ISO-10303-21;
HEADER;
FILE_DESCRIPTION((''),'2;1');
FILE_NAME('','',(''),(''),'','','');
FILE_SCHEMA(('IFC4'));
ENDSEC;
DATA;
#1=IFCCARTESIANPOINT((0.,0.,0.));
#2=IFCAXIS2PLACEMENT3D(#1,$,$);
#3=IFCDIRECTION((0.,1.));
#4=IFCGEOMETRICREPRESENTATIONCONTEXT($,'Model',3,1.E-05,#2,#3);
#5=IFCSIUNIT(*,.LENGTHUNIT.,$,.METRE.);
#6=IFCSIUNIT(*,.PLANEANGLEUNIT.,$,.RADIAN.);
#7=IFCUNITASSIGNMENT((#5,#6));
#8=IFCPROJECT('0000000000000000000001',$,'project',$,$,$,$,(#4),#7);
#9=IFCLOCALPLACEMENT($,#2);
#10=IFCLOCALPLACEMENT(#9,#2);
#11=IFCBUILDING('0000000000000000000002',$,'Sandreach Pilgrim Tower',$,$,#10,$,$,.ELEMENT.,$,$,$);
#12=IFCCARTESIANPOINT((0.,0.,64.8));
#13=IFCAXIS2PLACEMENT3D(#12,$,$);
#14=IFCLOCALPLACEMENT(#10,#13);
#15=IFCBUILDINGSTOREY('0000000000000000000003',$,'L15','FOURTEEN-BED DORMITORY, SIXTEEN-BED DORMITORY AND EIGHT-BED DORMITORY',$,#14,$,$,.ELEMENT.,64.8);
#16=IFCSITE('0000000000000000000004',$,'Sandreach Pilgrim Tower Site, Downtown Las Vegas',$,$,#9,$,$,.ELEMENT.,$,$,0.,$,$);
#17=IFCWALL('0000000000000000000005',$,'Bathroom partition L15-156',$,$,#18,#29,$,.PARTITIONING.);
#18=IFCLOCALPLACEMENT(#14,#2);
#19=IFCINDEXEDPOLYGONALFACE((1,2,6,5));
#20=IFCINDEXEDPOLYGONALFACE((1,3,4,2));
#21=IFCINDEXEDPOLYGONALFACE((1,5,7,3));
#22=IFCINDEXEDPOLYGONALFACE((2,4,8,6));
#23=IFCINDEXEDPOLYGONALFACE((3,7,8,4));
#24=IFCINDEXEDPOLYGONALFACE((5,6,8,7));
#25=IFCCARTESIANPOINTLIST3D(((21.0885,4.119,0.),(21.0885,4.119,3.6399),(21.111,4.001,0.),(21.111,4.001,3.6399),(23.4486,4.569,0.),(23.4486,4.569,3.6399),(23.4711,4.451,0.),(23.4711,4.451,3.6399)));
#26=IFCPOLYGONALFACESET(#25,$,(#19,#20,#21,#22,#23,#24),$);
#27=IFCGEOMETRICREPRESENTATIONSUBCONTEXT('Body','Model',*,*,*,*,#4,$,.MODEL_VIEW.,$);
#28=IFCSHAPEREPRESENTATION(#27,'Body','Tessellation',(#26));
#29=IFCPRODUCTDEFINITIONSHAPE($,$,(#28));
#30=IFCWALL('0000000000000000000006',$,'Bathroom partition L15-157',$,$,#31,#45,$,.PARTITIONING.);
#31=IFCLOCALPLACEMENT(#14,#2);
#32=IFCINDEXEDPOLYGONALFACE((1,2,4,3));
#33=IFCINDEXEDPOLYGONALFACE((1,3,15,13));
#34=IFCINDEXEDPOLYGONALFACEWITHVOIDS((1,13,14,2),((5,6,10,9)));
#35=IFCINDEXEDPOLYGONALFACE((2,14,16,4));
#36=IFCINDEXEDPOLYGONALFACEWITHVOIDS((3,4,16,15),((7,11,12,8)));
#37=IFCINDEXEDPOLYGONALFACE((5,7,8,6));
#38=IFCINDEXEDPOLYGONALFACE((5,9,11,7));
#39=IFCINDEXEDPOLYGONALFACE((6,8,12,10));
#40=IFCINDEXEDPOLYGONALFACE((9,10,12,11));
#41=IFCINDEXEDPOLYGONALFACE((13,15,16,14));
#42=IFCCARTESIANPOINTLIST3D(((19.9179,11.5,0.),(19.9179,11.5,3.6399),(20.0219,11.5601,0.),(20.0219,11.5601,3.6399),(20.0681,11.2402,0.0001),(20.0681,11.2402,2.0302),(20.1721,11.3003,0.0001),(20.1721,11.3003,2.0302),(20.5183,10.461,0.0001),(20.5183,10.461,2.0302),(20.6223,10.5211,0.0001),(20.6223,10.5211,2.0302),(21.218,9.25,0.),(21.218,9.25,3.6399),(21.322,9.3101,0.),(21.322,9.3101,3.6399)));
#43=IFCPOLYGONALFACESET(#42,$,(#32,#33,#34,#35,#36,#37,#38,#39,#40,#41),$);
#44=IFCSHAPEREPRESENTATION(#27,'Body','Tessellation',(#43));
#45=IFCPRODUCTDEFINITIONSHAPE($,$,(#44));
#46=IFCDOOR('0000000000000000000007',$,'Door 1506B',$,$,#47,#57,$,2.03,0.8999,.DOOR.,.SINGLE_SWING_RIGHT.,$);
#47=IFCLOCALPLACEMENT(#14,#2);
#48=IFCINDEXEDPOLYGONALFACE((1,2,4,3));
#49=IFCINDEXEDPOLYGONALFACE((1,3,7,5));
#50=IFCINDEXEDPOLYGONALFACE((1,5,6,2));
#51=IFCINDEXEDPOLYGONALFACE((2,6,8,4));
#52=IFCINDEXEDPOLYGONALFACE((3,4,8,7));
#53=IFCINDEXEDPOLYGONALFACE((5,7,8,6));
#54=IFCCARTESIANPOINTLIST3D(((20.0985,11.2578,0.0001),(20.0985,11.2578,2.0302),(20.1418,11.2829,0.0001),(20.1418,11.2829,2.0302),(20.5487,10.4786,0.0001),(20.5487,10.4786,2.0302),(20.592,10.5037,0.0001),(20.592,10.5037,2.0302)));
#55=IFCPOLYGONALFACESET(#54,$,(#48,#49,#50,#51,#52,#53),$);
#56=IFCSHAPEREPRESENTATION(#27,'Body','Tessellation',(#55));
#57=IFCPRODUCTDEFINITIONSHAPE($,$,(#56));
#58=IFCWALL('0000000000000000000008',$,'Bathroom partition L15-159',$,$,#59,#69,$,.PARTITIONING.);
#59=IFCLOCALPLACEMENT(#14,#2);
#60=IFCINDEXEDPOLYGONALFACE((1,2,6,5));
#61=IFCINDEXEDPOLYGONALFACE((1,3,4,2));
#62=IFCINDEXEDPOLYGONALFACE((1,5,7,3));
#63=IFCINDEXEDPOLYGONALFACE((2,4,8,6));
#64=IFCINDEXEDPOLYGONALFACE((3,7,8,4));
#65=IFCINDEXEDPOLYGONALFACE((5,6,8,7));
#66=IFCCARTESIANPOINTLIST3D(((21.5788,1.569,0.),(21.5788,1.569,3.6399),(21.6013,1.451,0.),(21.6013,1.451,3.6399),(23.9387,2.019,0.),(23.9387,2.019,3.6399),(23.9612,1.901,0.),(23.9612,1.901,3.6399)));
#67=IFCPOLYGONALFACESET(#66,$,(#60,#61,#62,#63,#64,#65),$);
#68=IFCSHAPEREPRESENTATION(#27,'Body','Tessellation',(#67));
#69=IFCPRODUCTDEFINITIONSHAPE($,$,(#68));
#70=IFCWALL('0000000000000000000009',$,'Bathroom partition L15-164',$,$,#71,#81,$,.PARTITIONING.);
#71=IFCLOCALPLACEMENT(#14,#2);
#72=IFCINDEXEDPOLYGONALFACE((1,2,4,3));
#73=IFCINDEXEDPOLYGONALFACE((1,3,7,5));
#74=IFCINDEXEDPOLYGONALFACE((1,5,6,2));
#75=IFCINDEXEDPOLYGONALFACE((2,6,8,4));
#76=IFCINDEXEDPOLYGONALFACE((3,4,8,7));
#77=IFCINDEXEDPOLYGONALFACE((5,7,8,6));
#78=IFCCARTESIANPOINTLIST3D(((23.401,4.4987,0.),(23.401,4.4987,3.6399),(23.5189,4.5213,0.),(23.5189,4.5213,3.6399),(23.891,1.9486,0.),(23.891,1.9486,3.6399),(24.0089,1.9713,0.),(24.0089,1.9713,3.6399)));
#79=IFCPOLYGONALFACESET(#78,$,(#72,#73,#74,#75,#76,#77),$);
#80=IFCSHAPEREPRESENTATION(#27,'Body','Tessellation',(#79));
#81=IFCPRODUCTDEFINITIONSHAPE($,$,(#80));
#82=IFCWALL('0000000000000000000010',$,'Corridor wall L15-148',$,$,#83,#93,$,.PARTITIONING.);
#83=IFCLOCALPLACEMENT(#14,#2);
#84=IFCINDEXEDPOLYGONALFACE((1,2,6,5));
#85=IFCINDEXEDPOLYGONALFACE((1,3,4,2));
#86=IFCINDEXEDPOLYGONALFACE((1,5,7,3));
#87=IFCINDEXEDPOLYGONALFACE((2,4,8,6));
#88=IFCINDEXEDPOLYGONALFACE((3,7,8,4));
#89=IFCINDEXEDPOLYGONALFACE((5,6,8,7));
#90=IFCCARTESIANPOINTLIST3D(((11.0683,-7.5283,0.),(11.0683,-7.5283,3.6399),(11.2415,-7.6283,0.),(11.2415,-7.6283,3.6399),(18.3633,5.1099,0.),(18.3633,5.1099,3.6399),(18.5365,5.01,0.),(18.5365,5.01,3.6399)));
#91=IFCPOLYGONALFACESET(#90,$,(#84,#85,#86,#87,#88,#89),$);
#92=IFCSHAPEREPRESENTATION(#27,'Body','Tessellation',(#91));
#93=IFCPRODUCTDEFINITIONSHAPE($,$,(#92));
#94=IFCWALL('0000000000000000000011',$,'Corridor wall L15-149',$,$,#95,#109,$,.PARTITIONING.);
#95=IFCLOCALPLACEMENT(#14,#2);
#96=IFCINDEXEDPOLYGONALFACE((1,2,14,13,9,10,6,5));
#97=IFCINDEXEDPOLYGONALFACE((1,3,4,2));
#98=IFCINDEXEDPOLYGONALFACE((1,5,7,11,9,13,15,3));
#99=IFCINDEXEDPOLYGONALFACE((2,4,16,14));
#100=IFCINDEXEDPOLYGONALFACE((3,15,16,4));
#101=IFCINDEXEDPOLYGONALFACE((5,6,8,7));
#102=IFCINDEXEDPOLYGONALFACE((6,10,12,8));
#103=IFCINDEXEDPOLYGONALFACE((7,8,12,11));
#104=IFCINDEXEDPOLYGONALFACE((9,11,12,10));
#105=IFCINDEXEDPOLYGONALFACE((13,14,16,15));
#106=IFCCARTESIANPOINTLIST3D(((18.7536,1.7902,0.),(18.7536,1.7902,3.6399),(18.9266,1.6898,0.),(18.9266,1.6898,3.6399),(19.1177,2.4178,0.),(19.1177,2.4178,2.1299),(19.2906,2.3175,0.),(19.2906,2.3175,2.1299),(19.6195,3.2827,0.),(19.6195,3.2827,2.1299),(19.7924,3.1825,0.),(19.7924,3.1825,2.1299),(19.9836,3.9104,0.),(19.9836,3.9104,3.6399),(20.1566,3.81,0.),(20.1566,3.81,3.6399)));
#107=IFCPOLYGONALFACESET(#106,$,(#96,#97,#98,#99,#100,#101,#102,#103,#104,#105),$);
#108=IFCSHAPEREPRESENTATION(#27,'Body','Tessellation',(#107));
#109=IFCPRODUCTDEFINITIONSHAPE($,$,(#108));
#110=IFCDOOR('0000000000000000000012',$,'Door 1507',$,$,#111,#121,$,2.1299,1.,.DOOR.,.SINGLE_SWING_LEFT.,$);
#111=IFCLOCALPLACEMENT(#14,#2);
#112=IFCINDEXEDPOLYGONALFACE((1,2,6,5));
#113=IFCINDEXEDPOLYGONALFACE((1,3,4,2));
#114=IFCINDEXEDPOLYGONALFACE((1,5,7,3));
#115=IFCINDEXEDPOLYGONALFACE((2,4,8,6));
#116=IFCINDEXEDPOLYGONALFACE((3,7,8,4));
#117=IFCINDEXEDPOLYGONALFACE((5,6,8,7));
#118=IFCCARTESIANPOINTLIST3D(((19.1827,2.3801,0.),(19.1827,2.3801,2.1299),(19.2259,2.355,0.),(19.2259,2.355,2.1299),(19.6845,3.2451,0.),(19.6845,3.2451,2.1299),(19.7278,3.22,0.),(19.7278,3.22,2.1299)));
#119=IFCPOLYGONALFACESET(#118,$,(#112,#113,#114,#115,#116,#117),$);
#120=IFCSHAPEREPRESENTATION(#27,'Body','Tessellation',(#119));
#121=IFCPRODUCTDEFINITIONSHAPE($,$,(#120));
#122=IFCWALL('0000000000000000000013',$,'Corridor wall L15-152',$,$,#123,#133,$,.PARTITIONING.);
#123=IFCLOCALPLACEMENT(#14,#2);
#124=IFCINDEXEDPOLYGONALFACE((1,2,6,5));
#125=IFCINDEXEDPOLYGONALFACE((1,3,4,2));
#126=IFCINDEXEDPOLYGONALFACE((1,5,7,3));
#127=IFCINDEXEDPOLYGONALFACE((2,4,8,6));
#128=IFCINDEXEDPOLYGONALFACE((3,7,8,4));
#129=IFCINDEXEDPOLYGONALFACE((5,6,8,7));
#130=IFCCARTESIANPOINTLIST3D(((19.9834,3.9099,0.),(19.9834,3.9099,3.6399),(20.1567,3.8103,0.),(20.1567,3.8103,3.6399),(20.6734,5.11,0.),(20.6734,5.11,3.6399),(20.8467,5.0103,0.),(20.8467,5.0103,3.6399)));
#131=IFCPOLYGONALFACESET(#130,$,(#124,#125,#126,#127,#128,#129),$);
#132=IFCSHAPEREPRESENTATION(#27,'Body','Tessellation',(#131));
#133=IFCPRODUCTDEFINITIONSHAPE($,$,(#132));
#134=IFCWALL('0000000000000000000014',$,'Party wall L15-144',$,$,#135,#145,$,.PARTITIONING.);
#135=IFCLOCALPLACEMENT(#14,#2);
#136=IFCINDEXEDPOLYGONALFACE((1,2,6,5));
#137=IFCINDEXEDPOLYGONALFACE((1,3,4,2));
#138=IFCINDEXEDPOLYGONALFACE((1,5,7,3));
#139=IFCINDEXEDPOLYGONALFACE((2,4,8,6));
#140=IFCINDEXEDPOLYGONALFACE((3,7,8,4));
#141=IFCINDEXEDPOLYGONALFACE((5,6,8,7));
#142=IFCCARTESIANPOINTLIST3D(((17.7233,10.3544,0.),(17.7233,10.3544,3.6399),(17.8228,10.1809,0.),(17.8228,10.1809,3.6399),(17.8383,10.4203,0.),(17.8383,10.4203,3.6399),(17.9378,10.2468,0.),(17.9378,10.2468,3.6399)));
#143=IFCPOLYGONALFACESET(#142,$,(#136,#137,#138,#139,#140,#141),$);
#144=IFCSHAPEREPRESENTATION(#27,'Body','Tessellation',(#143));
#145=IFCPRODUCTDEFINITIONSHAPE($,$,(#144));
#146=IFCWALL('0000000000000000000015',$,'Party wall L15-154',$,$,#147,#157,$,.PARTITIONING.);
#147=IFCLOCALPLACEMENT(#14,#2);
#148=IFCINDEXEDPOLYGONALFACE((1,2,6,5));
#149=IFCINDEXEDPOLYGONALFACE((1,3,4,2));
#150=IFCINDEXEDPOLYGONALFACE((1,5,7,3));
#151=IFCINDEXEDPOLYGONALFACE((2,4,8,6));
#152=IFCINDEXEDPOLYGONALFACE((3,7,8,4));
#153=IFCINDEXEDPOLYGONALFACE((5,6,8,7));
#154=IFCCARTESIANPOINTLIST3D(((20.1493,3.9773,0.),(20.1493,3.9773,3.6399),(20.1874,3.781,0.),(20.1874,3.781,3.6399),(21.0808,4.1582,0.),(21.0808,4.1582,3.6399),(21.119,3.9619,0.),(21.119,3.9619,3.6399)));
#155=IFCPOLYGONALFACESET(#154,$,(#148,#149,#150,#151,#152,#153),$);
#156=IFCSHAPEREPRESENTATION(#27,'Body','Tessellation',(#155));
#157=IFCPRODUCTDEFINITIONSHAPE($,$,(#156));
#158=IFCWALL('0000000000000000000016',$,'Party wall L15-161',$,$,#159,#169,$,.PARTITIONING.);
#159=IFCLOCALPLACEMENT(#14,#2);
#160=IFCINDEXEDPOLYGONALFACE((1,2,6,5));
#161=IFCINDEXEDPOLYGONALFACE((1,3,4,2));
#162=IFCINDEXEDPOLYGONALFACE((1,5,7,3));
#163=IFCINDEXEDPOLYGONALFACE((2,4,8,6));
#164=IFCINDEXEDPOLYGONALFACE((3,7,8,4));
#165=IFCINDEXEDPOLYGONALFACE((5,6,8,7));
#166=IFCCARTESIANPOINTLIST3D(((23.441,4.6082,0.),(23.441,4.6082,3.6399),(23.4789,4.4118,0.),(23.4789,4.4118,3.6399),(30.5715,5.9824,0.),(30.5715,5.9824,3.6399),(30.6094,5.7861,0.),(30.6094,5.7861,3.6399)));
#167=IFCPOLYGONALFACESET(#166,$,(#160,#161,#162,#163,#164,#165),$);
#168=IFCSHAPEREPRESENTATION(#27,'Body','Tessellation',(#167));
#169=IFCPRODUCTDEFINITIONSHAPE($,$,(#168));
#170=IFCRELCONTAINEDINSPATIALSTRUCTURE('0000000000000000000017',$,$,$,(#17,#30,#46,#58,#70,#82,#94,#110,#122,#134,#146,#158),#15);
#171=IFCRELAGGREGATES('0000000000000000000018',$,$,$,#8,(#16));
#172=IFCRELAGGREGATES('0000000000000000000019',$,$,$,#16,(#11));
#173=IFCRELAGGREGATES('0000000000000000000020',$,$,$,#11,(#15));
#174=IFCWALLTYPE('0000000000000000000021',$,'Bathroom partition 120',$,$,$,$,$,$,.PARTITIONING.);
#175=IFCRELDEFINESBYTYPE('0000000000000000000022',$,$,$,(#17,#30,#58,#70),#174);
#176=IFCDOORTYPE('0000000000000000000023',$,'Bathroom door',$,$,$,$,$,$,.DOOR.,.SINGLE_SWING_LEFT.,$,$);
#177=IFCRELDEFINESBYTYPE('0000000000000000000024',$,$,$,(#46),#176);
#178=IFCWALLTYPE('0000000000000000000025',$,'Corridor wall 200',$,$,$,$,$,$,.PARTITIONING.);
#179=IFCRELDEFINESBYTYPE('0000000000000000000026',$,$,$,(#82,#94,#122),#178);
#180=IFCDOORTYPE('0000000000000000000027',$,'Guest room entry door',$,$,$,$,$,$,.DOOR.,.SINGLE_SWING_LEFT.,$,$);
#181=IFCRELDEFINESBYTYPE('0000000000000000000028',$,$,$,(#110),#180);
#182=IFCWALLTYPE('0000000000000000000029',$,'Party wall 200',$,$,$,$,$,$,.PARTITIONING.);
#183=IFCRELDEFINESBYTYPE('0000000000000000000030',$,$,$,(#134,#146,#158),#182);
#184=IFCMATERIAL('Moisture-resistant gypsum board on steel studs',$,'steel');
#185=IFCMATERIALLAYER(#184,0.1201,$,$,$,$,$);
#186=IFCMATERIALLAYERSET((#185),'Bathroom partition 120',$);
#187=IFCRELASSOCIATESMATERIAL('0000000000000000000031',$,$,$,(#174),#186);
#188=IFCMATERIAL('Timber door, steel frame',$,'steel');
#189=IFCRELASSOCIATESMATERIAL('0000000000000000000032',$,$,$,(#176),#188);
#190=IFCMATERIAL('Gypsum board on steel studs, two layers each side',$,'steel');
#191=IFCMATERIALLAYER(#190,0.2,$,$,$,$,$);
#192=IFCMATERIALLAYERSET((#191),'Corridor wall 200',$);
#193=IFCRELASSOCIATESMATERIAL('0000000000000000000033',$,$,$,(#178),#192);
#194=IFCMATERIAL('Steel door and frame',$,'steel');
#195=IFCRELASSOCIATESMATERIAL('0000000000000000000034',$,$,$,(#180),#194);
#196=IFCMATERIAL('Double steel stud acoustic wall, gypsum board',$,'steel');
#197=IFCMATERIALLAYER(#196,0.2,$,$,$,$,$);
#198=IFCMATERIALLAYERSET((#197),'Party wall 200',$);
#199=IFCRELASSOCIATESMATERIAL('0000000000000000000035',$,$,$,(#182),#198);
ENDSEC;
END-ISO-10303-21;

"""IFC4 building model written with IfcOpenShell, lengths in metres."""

from ifc_helpers import new_model, si_unit, direction, frame, frame_2d, origin, place, context, subcontext, project, spatial, rectangle, extrude, material, layer, layer_set, type_object, element, fill, save


model = new_model("IFC4")

# Units and contexts
model_context = context("Model", 3, precision=1e-05, world=origin(), true_north=direction((0.0, 1.0)))
body_context = subcontext(model_context, "Body", "Model", "MODEL_VIEW")
ifc_project = project(units=[si_unit("LENGTHUNIT", "METRE"), si_unit("PLANEANGLEUNIT", "RADIAN")], contexts=[model_context])

# Site, building, storey
site_placement = place(None, origin())
site = spatial("IfcSite", under=ifc_project, at=site_placement, Name="Sandreach Pilgrim Tower Site, Downtown Las Vegas", CompositionType="ELEMENT", RefElevation=0.0)
building_placement = place(site_placement, origin())
building = spatial("IfcBuilding", under=site, at=building_placement, Name="Sandreach Pilgrim Tower", CompositionType="ELEMENT")
storey_placement = place(building_placement, frame((0.0, 0.0, 64.8)))
storey = spatial("IfcBuildingStorey", under=building, at=storey_placement, Name="L15", Description="FOURTEEN-BED DORMITORY, SIXTEEN-BED DORMITORY AND EIGHT-BED DORMITORY", CompositionType="ELEMENT", Elevation=64.8)

# Shared definitions
ifc_material_1 = material(Name="Moisture-resistant gypsum board on steel studs", Category="steel")
ifc_layer_1 = layer(ifc_material_1, 0.1201)
ifc_layer_set_1 = layer_set([ifc_layer_1], Name="Bathroom partition 120")
wall_type_1 = type_object("IfcWallType", Name="Bathroom partition 120", PredefinedType="PARTITIONING", material=ifc_layer_set_1)

# Shared definitions
ifc_material_2 = material(Name="Timber door, steel frame", Category="steel")
door_type_1 = type_object("IfcDoorType", Name="Bathroom door", OperationType="SINGLE_SWING_LEFT", PredefinedType="DOOR", material=ifc_material_2)

# Wall
wall_1_placement = place(storey_placement, frame((21.0999, 4.0601, 0.0), z_axis=(0.0, 0.0, 1.0), x_axis=(0.982307, 0.187276, 0.0)))
element("IfcWall", 1, at=wall_1_placement, inside=storey, type_object=wall_type_1, Name="Bathroom partition L15-156", PredefinedType="PARTITIONING", context=body_context, shape_type="SweptSolid", body=[
    extrude(rectangle(XDim=2.4026, YDim=0.1201, at=frame_2d((1.2012, 0.0))), origin(), (0.0, 0.0, 1.0), 3.6399),
])

# Wall, opening, door
wall_2_placement = place(storey_placement, frame((21.27, 9.28, 0.0), z_axis=(0.0, 0.0, 1.0), x_axis=(-0.500292, 0.865857, 0.0)))
wall_2 = element("IfcWall", 2, at=wall_2_placement, inside=storey, type_object=wall_type_1, Name="Bathroom partition L15-157", PredefinedType="PARTITIONING", context=body_context, shape_type="SweptSolid", body=[
    extrude(rectangle(XDim=2.5986, YDim=0.1201, at=frame_2d((1.2993, 0.0))), origin(), (0.0, 0.0, 1.0), 3.6399),
])
opening_1_placement = place(wall_2_placement, frame((1.3987, 0.0, 0.0)))
opening_1 = element("IfcOpeningElement", 3, at=opening_1_placement, cuts=wall_2, PredefinedType="OPENING", context=body_context, shape_type="SweptSolid", body=[
    extrude(rectangle(XDim=0.8999, YDim=2.03, at=frame_2d((0.45, 1.0151))), frame((0.0, 0.0601, 0.0), z_axis=(0.0, -1.0, 0.0), x_axis=(1.0, 0.0, 0.0)), (0.0, 0.0, 1.0), 0.1201),
])
door_1_placement = place(opening_1_placement, origin())
door_1 = element("IfcDoor", 4, at=door_1_placement, inside=storey, type_object=door_type_1, Name="Door 1506B", OperationType="SINGLE_SWING_RIGHT", OverallHeight=2.03, OverallWidth=0.8999, PredefinedType="DOOR", context=body_context, shape_type="SweptSolid", body=[
    extrude(rectangle(XDim=0.8999, YDim=2.03, at=frame_2d((0.45, 1.0151))), frame((0.0, 0.0249, 0.0), z_axis=(0.0, -1.0, 0.0), x_axis=(1.0, 0.0, 0.0)), (0.0, 0.0, 1.0), 0.05),
])
fill(opening_1, door_1)

# Walls
wall_3_placement = place(storey_placement, frame((21.5901, 1.51, 0.0), z_axis=(0.0, 0.0, 1.0), x_axis=(0.982304, 0.187294, 0.0)))
element("IfcWall", 5, at=wall_3_placement, inside=storey, type_object=wall_type_1, Name="Bathroom partition L15-159", PredefinedType="PARTITIONING", context=body_context, shape_type="SweptSolid", body=[
    extrude(rectangle(XDim=2.4023, YDim=0.1201, at=frame_2d((1.2012, 0.0))), origin(), (0.0, 0.0, 1.0), 3.6399),
])
wall_4_placement = place(storey_placement, frame((23.95, 1.96, 0.0), z_axis=(0.0, 0.0, 1.0), x_axis=(-0.188697, 0.982035, 0.0)))
element("IfcWall", 6, at=wall_4_placement, inside=storey, type_object=wall_type_1, Name="Bathroom partition L15-164", PredefinedType="PARTITIONING", context=body_context, shape_type="SweptSolid", body=[
    extrude(rectangle(XDim=2.5967, YDim=0.1201, at=frame_2d((1.2983, 0.0))), origin(), (0.0, 0.0, 1.0), 3.6399),
])

# Shared definitions
ifc_material_3 = material(Name="Gypsum board on steel studs, two layers each side", Category="steel")
ifc_layer_2 = layer(ifc_material_3, 0.2)
ifc_layer_set_2 = layer_set([ifc_layer_2], Name="Corridor wall 200")
wall_type_2 = type_object("IfcWallType", Name="Corridor wall 200", PredefinedType="PARTITIONING", material=ifc_layer_set_2)
ifc_material_4 = material(Name="Steel door and frame", Category="steel")
door_type_2 = type_object("IfcDoorType", Name="Guest room entry door", OperationType="SINGLE_SWING_LEFT", PredefinedType="DOOR", material=ifc_material_4)

# Wall
wall_5_placement = place(storey_placement, frame((18.45, 5.0601, 0.0), z_axis=(0.0, 0.0, 1.0), x_axis=(-0.499911, -0.866077, 0.0)))
element("IfcWall", 7, at=wall_5_placement, inside=storey, type_object=wall_type_2, Name="Corridor wall L15-148", PredefinedType="PARTITIONING", context=body_context, shape_type="SweptSolid", body=[
    extrude(rectangle(XDim=14.5925, YDim=0.2, at=frame_2d((7.2964, 0.0))), origin(), (0.0, 0.0, 1.0), 3.6399),
])

# Wall, opening, door
wall_6_placement = place(storey_placement, frame((18.8401, 1.74, 0.0), z_axis=(0.0, 0.0, 1.0), x_axis=(0.501813, 0.864976, 0.0)))
wall_6 = element("IfcWall", 8, at=wall_6_placement, inside=storey, type_object=wall_type_2, Name="Corridor wall L15-149", PredefinedType="PARTITIONING", context=body_context, shape_type="SweptSolid", body=[
    extrude(rectangle(XDim=2.4512, YDim=0.2, at=frame_2d((1.2256, 0.0))), origin(), (0.0, 0.0, 1.0), 3.6399),
])
opening_2_placement = place(wall_6_placement, frame((0.7256, 0.0, 0.0)))
opening_2 = element("IfcOpeningElement", 9, at=opening_2_placement, cuts=wall_6, PredefinedType="OPENING", context=body_context, shape_type="SweptSolid", body=[
    extrude(rectangle(XDim=1.0, YDim=2.1299, at=frame_2d((0.5, 1.0649))), frame((0.0, 0.1001, 0.0), z_axis=(0.0, -1.0, 0.0), x_axis=(1.0, 0.0, 0.0)), (0.0, 0.0, 1.0), 0.2),
])
door_2_placement = place(opening_2_placement, origin())
door_2 = element("IfcDoor", 10, at=door_2_placement, inside=storey, type_object=door_type_2, Name="Door 1507", OperationType="SINGLE_SWING_LEFT", OverallHeight=2.1299, OverallWidth=1.0, PredefinedType="DOOR", context=body_context, shape_type="SweptSolid", body=[
    extrude(rectangle(XDim=1.0, YDim=2.1299, at=frame_2d((0.5, 1.0649))), frame((0.0, 0.0249, 0.0), z_axis=(0.0, -1.0, 0.0), x_axis=(1.0, 0.0, 0.0)), (0.0, 0.0, 1.0), 0.05),
])
fill(opening_2, door_2)

# Walls
wall_7_placement = place(storey_placement, frame((20.0701, 3.8601, 0.0), z_axis=(0.0, 0.0, 1.0), x_axis=(0.498455, 0.866916, 0.0)))
element("IfcWall", 11, at=wall_7_placement, inside=storey, type_object=wall_type_2, Name="Corridor wall L15-152", PredefinedType="PARTITIONING", context=body_context, shape_type="SweptSolid", body=[
    extrude(rectangle(XDim=1.3843, YDim=0.2, at=frame_2d((0.6921, 0.0))), origin(), (0.0, 0.0, 1.0), 3.6399),
])
ifc_material_5 = material(Name="Double steel stud acoustic wall, gypsum board", Category="steel")
ifc_layer_3 = layer(ifc_material_5, 0.2)
ifc_layer_set_3 = layer_set([ifc_layer_3], Name="Party wall 200")
wall_type_3 = type_object("IfcWallType", Name="Party wall 200", PredefinedType="PARTITIONING", material=ifc_layer_set_3)
wall_8_placement = place(storey_placement, frame((17.7729, 10.2676, 0.0), z_axis=(0.0, 0.0, 1.0), x_axis=(0.867562, 0.497329, 0.0)))
element("IfcWall", 12, at=wall_8_placement, inside=storey, type_object=wall_type_3, Name="Party wall L15-144", PredefinedType="PARTITIONING", context=body_context, shape_type="SweptSolid", body=[
    extrude(rectangle(XDim=0.1326, YDim=0.2, at=frame_2d((0.0664, 0.0))), origin(), (0.0, 0.0, 1.0), 3.6399),
])
wall_9_placement = place(storey_placement, frame((20.1682, 3.8792, 0.0), z_axis=(0.0, 0.0, 1.0), x_axis=(0.981664, 0.190622, 0.0)))
element("IfcWall", 13, at=wall_9_placement, inside=storey, type_object=wall_type_3, Name="Party wall L15-154", PredefinedType="PARTITIONING", context=body_context, shape_type="SweptSolid", body=[
    extrude(rectangle(XDim=0.949, YDim=0.2, at=frame_2d((0.4746, 0.0))), origin(), (0.0, 0.0, 1.0), 3.6399),
])
wall_10_placement = place(storey_placement, frame((23.46, 4.51, 0.0), z_axis=(0.0, 0.0, 1.0), x_axis=(0.98193, 0.189245, 0.0)))
element("IfcWall", 14, at=wall_10_placement, inside=storey, type_object=wall_type_3, Name="Party wall L15-161", PredefinedType="PARTITIONING", context=body_context, shape_type="SweptSolid", body=[
    extrude(rectangle(XDim=7.2617, YDim=0.2, at=frame_2d((3.6309, 0.0))), origin(), (0.0, 0.0, 1.0), 3.6399),
])

save(model, "model.ifc")
